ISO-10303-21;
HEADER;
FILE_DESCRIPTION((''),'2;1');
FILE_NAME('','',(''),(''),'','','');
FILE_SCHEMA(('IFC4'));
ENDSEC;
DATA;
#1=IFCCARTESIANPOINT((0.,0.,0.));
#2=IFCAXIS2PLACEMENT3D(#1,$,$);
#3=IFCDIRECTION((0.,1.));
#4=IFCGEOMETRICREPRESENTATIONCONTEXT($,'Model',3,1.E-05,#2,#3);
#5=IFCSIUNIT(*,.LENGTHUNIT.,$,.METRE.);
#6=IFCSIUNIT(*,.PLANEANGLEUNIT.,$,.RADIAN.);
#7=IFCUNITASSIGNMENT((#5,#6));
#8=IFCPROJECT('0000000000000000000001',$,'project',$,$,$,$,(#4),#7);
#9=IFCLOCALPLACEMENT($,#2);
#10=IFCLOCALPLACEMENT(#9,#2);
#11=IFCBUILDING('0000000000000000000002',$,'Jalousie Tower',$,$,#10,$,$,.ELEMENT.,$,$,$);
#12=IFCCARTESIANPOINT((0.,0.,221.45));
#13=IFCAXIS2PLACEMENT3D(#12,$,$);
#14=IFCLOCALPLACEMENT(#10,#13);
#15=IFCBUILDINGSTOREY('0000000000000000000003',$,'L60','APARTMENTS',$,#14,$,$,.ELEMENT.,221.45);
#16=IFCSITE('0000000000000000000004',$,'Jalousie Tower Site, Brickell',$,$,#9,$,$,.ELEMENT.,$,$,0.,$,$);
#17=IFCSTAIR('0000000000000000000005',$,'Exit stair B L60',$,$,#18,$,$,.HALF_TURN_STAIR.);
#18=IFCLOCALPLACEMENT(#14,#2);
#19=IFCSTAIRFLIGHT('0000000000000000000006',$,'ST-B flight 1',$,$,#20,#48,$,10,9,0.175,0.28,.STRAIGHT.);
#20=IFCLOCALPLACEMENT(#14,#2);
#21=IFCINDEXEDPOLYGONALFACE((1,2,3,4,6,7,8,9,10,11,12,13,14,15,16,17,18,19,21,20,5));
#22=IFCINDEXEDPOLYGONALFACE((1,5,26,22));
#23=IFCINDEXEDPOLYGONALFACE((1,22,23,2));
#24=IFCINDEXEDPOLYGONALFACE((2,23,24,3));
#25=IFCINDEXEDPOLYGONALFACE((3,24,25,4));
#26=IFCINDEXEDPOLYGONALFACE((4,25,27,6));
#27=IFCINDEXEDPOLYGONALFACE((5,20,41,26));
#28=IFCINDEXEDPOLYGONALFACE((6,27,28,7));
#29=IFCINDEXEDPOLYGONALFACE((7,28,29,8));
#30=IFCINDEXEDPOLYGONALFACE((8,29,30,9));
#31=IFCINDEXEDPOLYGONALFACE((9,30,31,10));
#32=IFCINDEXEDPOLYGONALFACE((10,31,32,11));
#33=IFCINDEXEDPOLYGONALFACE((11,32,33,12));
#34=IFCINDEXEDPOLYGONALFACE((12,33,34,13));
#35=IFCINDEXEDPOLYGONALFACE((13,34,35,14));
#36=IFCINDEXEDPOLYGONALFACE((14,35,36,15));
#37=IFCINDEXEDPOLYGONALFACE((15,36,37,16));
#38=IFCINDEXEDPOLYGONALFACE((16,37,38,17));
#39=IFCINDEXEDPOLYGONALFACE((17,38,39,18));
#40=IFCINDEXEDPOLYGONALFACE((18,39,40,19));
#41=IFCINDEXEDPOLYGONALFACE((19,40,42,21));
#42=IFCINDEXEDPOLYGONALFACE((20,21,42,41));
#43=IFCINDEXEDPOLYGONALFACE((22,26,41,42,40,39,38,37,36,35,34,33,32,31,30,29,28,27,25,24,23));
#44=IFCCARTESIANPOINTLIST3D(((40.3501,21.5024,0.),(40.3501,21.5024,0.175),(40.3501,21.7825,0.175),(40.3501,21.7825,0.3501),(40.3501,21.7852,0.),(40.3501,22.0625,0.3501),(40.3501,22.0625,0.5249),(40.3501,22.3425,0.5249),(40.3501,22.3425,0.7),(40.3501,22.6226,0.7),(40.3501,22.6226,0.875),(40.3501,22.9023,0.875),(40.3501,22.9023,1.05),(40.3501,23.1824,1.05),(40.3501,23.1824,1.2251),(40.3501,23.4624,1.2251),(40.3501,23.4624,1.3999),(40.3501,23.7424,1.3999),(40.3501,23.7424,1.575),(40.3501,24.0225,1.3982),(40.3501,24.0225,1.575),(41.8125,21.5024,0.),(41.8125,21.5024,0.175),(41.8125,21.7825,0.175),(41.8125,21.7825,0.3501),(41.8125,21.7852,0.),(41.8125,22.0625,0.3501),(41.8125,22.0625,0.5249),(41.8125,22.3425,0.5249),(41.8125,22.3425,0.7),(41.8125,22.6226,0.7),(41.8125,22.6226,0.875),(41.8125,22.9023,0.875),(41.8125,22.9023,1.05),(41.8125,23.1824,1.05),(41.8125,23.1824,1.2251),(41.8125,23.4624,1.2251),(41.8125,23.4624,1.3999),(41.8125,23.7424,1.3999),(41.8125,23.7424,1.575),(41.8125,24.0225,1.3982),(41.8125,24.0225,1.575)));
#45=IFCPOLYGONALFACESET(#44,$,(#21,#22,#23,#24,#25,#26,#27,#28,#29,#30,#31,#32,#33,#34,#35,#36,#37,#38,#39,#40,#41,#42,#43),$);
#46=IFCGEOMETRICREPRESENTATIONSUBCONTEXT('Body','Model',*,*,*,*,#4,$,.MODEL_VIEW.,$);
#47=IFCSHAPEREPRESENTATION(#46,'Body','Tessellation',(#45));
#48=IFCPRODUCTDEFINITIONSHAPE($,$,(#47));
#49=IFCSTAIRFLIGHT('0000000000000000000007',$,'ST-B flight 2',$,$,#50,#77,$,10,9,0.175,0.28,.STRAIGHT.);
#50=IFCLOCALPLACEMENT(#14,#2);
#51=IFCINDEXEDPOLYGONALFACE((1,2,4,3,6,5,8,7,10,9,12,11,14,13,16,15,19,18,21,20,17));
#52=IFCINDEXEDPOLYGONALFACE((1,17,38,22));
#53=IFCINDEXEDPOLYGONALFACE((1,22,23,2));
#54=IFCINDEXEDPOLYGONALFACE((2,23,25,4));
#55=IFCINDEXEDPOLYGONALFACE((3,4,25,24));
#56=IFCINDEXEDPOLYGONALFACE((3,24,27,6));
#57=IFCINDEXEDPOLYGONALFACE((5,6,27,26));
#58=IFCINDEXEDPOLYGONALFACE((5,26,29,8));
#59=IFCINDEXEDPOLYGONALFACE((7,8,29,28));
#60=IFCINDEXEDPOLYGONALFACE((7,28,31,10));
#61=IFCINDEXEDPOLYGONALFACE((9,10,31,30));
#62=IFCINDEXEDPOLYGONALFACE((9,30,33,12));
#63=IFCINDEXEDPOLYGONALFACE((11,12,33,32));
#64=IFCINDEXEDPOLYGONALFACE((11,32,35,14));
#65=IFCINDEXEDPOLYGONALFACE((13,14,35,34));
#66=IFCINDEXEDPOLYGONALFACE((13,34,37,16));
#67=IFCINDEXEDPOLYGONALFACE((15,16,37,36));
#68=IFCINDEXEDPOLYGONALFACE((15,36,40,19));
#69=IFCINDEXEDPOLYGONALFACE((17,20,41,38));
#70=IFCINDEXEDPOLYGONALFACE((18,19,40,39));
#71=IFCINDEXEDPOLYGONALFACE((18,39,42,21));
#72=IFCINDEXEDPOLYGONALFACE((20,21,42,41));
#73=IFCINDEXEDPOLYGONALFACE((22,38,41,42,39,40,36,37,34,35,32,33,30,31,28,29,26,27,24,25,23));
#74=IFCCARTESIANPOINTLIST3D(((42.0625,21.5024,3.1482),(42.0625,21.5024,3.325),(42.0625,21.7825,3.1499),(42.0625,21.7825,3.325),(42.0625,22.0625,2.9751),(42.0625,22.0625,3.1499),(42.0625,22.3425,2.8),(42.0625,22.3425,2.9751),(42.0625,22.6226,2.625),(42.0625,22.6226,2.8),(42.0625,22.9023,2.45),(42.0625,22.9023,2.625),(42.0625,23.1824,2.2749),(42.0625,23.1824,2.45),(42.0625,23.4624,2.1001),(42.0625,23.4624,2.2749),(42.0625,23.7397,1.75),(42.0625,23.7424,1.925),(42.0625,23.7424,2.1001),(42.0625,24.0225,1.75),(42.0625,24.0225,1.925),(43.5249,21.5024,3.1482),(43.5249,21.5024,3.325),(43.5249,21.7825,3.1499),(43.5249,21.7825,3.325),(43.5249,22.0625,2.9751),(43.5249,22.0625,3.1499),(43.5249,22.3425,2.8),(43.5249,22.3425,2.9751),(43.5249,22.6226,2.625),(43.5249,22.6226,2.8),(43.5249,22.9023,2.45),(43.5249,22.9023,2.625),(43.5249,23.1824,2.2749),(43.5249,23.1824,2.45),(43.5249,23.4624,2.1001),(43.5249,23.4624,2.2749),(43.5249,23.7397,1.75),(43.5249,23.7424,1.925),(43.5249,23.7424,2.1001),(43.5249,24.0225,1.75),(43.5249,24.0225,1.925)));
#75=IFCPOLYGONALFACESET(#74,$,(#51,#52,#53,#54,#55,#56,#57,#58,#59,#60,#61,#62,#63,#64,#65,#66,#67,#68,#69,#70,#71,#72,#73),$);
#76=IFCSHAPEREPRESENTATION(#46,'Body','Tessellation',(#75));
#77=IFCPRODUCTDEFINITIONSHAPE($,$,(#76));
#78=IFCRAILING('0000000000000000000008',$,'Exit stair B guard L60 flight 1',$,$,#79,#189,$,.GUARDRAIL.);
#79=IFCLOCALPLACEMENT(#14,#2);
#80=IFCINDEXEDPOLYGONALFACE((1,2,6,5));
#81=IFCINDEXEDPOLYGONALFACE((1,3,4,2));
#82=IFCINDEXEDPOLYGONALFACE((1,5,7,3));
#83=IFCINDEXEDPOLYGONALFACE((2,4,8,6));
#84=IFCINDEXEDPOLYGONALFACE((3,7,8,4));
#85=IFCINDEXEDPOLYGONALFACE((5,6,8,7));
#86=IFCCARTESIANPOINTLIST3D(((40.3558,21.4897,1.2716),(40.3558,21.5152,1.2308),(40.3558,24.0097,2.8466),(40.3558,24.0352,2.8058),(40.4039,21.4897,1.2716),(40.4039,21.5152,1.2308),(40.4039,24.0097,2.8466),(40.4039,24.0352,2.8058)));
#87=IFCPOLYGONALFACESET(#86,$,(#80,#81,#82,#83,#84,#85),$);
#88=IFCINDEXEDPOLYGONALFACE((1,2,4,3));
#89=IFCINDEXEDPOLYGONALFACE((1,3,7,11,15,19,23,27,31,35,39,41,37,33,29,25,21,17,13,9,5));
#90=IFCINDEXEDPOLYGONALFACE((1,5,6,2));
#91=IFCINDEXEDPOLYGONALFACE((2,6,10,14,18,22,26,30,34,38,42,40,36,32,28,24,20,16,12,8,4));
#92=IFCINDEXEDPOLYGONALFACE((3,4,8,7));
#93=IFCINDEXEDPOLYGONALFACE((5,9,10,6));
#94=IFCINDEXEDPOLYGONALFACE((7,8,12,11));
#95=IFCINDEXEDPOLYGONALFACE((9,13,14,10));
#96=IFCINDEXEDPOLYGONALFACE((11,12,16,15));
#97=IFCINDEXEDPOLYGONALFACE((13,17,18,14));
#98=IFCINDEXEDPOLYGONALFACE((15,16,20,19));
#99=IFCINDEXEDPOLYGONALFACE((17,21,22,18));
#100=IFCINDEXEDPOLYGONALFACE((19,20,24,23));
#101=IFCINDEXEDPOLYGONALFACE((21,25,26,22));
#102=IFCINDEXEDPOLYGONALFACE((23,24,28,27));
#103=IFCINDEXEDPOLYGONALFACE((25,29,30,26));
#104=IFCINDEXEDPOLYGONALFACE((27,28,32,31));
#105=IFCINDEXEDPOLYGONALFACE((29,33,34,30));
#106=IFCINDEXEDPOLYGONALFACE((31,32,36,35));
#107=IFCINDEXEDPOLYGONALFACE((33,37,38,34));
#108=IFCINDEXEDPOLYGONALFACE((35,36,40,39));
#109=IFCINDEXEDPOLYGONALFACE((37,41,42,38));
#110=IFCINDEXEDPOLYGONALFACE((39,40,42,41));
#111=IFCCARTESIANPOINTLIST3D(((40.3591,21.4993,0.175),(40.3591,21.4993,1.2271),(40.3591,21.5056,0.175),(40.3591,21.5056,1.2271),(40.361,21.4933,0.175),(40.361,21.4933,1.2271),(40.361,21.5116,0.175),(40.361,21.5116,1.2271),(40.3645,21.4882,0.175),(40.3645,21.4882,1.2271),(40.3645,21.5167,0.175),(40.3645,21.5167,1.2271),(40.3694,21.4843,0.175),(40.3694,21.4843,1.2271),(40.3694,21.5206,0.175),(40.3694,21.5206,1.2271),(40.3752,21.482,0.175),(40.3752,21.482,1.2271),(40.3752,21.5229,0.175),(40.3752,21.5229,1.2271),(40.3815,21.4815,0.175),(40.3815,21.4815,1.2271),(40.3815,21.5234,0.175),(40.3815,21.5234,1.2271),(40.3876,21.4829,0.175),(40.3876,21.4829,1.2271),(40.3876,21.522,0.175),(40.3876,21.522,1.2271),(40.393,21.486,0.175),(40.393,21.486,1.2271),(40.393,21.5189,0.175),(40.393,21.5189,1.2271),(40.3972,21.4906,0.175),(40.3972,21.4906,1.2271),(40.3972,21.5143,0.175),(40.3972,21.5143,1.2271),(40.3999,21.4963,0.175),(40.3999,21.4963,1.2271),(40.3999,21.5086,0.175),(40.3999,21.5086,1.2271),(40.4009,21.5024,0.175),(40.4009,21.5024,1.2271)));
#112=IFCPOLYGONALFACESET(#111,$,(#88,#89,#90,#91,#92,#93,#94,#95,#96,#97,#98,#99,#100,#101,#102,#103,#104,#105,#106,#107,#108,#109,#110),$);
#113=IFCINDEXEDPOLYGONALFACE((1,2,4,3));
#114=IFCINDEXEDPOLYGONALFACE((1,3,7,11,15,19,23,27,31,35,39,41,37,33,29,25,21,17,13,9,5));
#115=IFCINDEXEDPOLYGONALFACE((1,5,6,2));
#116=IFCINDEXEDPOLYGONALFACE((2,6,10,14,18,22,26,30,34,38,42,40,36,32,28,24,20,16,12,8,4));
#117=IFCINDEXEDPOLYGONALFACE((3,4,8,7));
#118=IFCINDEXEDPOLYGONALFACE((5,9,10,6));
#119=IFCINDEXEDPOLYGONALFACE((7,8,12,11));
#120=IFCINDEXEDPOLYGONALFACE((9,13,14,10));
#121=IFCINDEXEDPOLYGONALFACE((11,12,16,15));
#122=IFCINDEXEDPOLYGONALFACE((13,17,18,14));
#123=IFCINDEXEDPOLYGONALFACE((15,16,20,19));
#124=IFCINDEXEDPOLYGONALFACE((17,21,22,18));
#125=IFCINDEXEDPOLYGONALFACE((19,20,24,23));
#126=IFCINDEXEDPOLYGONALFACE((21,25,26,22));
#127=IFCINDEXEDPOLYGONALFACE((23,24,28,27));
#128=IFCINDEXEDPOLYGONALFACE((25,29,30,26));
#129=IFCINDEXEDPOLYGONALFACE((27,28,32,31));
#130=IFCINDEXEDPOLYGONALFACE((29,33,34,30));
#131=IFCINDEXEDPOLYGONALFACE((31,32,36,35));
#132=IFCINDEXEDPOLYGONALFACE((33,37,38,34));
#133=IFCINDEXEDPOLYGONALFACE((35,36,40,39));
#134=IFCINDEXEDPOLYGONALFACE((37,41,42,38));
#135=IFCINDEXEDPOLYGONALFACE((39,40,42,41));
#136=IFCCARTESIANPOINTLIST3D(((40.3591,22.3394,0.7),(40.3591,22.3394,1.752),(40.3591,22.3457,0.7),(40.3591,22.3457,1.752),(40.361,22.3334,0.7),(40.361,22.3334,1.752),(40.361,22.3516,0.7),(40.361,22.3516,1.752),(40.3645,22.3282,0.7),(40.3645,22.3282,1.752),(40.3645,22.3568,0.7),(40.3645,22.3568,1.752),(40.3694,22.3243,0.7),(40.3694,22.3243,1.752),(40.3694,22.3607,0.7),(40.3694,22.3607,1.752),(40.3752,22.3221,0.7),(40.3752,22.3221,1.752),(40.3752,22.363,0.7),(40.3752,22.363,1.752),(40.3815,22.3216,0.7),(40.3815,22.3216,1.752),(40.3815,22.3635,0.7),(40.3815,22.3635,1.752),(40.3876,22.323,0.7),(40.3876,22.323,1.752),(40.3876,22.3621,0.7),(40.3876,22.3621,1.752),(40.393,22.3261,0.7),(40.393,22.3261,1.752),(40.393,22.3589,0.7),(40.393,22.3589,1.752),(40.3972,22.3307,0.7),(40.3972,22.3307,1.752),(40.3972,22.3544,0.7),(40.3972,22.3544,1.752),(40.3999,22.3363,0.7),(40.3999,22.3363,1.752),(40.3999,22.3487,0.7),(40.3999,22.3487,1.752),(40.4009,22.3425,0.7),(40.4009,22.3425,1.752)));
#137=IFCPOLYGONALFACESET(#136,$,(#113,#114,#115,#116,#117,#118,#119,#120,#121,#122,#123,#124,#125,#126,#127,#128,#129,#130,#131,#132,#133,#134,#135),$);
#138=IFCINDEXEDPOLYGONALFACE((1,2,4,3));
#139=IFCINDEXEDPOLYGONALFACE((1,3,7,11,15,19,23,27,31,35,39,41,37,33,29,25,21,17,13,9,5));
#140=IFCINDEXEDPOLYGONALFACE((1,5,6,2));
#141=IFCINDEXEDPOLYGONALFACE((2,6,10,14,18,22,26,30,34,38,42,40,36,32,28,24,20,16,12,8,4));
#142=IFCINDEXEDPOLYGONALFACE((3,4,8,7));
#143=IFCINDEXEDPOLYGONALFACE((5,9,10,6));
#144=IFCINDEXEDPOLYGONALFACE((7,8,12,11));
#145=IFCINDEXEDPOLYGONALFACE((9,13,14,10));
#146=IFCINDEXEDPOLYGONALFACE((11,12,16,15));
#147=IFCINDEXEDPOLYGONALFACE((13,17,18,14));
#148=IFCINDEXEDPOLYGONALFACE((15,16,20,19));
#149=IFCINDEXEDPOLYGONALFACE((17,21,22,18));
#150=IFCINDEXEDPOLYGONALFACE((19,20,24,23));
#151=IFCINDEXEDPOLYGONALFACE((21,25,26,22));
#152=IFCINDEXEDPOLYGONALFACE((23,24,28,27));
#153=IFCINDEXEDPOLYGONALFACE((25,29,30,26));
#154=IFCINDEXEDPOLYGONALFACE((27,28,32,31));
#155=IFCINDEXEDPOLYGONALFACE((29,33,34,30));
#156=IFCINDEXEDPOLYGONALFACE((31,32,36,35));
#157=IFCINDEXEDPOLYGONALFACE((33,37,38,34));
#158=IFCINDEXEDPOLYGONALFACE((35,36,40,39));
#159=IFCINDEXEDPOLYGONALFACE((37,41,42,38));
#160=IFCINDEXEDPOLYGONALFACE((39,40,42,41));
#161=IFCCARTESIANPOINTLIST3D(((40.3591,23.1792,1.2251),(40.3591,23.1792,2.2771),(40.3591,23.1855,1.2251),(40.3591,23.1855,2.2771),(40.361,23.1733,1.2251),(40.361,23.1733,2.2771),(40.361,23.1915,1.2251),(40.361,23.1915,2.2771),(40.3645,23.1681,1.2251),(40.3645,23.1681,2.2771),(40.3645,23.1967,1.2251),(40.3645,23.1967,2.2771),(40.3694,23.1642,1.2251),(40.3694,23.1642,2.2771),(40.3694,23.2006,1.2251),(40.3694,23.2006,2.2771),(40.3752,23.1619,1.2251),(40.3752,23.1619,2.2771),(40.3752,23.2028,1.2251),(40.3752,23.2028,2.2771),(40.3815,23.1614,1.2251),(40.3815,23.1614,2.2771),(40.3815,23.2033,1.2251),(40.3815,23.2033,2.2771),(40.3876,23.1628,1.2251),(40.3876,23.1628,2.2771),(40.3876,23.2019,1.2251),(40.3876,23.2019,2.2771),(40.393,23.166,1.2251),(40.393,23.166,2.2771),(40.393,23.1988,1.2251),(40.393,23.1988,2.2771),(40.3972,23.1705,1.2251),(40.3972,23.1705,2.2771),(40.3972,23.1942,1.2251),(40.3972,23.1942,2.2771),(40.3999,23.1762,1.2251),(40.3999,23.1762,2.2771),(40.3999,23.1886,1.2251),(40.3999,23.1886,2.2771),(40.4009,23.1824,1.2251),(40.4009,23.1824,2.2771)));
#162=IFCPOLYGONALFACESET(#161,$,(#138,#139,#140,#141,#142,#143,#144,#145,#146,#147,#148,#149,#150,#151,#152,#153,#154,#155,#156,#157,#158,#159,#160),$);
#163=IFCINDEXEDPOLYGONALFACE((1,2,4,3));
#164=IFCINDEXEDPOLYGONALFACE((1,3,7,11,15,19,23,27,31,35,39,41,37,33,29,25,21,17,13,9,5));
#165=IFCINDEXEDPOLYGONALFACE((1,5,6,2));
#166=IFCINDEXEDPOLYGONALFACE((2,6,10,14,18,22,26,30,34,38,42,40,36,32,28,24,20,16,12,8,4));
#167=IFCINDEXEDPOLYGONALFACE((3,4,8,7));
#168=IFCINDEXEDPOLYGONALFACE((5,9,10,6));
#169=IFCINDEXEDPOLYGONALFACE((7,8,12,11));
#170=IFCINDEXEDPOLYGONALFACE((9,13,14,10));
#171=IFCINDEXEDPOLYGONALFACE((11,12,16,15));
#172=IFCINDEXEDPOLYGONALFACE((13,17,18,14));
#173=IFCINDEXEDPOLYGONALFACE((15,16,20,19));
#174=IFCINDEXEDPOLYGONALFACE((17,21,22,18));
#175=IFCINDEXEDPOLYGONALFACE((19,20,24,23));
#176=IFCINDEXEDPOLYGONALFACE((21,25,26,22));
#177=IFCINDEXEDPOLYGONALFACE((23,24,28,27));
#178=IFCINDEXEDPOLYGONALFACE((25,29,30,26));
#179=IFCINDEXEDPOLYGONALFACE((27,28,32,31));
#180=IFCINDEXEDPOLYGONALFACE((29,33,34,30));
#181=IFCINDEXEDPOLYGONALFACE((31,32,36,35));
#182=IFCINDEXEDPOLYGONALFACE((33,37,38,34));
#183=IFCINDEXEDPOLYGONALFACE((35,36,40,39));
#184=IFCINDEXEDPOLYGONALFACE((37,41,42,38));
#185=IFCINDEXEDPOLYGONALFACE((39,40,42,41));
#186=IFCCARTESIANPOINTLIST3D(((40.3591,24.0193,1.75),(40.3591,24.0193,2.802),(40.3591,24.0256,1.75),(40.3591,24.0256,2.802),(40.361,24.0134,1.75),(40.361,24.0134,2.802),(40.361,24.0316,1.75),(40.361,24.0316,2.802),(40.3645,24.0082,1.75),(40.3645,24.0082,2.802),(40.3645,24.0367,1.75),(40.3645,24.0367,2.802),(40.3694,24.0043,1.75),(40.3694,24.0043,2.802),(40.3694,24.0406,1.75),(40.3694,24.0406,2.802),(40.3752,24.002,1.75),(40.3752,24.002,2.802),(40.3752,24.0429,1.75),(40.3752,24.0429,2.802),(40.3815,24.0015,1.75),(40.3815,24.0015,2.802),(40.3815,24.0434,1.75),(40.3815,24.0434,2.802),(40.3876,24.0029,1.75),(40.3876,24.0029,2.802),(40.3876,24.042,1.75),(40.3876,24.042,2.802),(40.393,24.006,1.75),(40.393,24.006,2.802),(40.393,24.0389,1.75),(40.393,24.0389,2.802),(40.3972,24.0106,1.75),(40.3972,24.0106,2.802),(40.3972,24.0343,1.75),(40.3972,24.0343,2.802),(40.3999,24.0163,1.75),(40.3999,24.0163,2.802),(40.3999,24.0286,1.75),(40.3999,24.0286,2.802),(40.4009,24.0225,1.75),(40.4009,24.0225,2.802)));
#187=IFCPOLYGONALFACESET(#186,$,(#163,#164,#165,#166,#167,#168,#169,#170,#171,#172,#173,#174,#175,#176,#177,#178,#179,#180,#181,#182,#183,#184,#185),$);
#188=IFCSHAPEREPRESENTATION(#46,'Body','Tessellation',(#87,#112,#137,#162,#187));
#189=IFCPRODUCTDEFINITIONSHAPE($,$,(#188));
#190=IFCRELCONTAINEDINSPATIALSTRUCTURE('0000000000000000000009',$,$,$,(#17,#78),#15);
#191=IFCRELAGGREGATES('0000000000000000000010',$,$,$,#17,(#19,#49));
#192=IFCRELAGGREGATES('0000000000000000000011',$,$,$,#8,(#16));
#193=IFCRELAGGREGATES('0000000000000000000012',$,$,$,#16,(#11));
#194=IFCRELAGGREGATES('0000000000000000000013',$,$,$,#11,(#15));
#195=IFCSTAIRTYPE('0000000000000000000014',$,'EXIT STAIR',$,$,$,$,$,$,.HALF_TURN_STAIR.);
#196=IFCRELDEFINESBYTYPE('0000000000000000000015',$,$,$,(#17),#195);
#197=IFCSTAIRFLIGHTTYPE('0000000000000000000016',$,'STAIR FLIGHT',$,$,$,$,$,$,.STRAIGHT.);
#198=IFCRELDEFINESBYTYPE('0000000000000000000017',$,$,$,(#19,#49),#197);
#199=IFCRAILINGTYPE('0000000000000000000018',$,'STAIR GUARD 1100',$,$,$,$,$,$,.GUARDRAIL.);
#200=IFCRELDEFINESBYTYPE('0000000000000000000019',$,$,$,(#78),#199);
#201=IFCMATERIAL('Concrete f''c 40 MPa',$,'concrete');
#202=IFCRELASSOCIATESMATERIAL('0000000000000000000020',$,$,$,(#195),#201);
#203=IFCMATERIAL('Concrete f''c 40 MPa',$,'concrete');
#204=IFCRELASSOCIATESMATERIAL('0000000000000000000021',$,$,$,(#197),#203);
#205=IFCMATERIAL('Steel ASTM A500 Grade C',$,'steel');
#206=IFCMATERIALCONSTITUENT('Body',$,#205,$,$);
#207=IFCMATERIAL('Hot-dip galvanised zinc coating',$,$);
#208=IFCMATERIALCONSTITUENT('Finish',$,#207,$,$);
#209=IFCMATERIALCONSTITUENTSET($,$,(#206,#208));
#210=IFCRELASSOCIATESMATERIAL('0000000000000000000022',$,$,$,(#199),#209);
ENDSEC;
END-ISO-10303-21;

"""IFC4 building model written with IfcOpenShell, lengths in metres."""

from ifc_helpers import new_model, si_unit, direction, frame, origin, origin_2d, place, context, subcontext, project, spatial, polyline, rectangle, circle, outline, extrude, material, constituent, constituent_set, type_object, element, aggregate, save


model = new_model("IFC4")

# Units and contexts
model_context = context("Model", 3, precision=1e-05, world=origin(), true_north=direction((0.0, 1.0)))
body_context = subcontext(model_context, "Body", "Model", "MODEL_VIEW")
ifc_project = project(units=[si_unit("LENGTHUNIT", "METRE"), si_unit("PLANEANGLEUNIT", "RADIAN")], contexts=[model_context])

# Site, building, storey
site_placement = place(None, origin())
site = spatial("IfcSite", under=ifc_project, at=site_placement, Name="Jalousie Tower Site, Brickell", CompositionType="ELEMENT", RefElevation=0.0)
building_placement = place(site_placement, origin())
building = spatial("IfcBuilding", under=site, at=building_placement, Name="Jalousie Tower", CompositionType="ELEMENT")
storey_placement = place(building_placement, frame((0.0, 0.0, 221.45)))
storey = spatial("IfcBuildingStorey", under=building, at=storey_placement, Name="L60", Description="APARTMENTS", CompositionType="ELEMENT", Elevation=221.45)

# Stair, stair flights
ifc_material_1 = material(Name="Concrete f'c 40 MPa", Category="concrete")
stair_type = type_object("IfcStairType", Name="EXIT STAIR", PredefinedType="HALF_TURN_STAIR", material=ifc_material_1)
stair_placement = place(storey_placement, origin())
stair = element("IfcStair", 1, at=stair_placement, inside=storey, type_object=stair_type, Name="Exit stair B L60", PredefinedType="HALF_TURN_STAIR")
ifc_material_2 = material(Name="Concrete f'c 40 MPa", Category="concrete")
stair_flight_type = type_object("IfcStairFlightType", Name="STAIR FLIGHT", PredefinedType="STRAIGHT", material=ifc_material_2)
stair_flight_1_placement = place(storey_placement, frame((41.0813, 21.5024, 0.0), z_axis=(0.0, 0.0, 1.0), x_axis=(0.0, 1.0, 0.0)))
stair_flight_1 = element("IfcStairFlight", 2, at=stair_flight_1_placement, type_object=stair_flight_type, Name="ST-B flight 1", NumberOfRisers=10, NumberOfTreads=9, PredefinedType="STRAIGHT", RiserHeight=0.175, TreadLength=0.28, context=body_context, shape_type="SweptSolid", body=[
    extrude(outline(polyline([(0.0, 0.0), (0.0, 0.175), (0.28, 0.175), (0.28, 0.3501), (0.5601, 0.3501), (0.5601, 0.5249), (0.8401, 0.5249), (0.8401, 0.7), (1.1201, 0.7), (1.1201, 0.875), (1.3999, 0.875), (1.3999, 1.05), (1.6799, 1.05), (1.6799, 1.2251), (1.96, 1.2251), (1.96, 1.3999), (2.24, 1.3999), (2.24, 1.575), (2.52, 1.575), (2.52, 1.75), (2.52, 1.3982), (0.2827, 0.0), (0.0, 0.0)])), frame((0.0, 0.7312, 0.0), z_axis=(0.0, -1.0, 0.0), x_axis=(1.0, 0.0, 0.0)), (0.0, 0.0, 1.0), 1.4624),
])
stair_flight_2_placement = place(storey_placement, frame((42.7937, 24.0225, 1.75), z_axis=(0.0, 0.0, 1.0), x_axis=(0.0, -1.0, 0.0)))
stair_flight_2 = element("IfcStairFlight", 3, at=stair_flight_2_placement, type_object=stair_flight_type, Name="ST-B flight 2", NumberOfRisers=10, NumberOfTreads=9, PredefinedType="STRAIGHT", RiserHeight=0.175, TreadLength=0.28, context=body_context, shape_type="SweptSolid", body=[
    extrude(outline(polyline([(0.0, 0.0), (0.0, 0.175), (0.28, 0.175), (0.28, 0.3501), (0.5601, 0.3501), (0.5601, 0.5249), (0.8401, 0.5249), (0.8401, 0.7), (1.1201, 0.7), (1.1201, 0.875), (1.3999, 0.875), (1.3999, 1.05), (1.6799, 1.05), (1.6799, 1.2251), (1.96, 1.2251), (1.96, 1.3999), (2.24, 1.3999), (2.24, 1.575), (2.52, 1.575), (2.52, 1.75), (2.52, 1.3982), (0.2827, 0.0), (0.0, 0.0)])), frame((0.0, 0.7312, 0.0), z_axis=(0.0, -1.0, 0.0), x_axis=(1.0, 0.0, 0.0)), (0.0, 0.0, 1.0), 1.4624),
])
aggregate(stair, [stair_flight_1, stair_flight_2])

# Railing
ifc_material_3 = material(Name="Steel ASTM A500 Grade C", Category="steel")
ifc_constituent_1 = constituent(ifc_material_3, Name="Body")
ifc_material_4 = material(Name="Hot-dip galvanised zinc coating")
ifc_constituent_2 = constituent(ifc_material_4, Name="Finish")
ifc_constituent_set_1 = constituent_set(constituents=[ifc_constituent_1, ifc_constituent_2])
railing_type_1 = type_object("IfcRailingType", Name="STAIR GUARD 1100", PredefinedType="GUARDRAIL", material=ifc_constituent_set_1)
railing_1_placement = place(storey_placement, frame((40.3799, 21.5024, 0.175)))
element("IfcRailing", 4, at=railing_1_placement, inside=storey, type_object=railing_type_1, Name="Exit stair B guard L60 flight 1", PredefinedType="GUARDRAIL", context=body_context, shape_type="SweptSolid", body=[
    extrude(rectangle(XDim=0.0481, YDim=0.0481, at=origin_2d()), frame((0.0, 0.0, 1.0762), z_axis=(0.0, 0.848008, 0.529984), x_axis=(-1.0, 0.0, 0.0)), (0.0, 0.0, 1.0), 2.9717),
    extrude(circle(Radius=0.021, at=origin_2d()), origin(), (0.0, 0.0, 1.0), 1.052),
    extrude(circle(Radius=0.021, at=origin_2d()), frame((0.0, 0.8401, 0.5249)), (0.0, 0.0, 1.0), 1.052),
    extrude(circle(Radius=0.021, at=origin_2d()), frame((0.0, 1.6799, 1.05)), (0.0, 0.0, 1.0), 1.052),
    extrude(circle(Radius=0.021, at=origin_2d()), frame((0.0, 2.52, 1.575)), (0.0, 0.0, 1.0), 1.052),
])

save(model, "model.ifc")
